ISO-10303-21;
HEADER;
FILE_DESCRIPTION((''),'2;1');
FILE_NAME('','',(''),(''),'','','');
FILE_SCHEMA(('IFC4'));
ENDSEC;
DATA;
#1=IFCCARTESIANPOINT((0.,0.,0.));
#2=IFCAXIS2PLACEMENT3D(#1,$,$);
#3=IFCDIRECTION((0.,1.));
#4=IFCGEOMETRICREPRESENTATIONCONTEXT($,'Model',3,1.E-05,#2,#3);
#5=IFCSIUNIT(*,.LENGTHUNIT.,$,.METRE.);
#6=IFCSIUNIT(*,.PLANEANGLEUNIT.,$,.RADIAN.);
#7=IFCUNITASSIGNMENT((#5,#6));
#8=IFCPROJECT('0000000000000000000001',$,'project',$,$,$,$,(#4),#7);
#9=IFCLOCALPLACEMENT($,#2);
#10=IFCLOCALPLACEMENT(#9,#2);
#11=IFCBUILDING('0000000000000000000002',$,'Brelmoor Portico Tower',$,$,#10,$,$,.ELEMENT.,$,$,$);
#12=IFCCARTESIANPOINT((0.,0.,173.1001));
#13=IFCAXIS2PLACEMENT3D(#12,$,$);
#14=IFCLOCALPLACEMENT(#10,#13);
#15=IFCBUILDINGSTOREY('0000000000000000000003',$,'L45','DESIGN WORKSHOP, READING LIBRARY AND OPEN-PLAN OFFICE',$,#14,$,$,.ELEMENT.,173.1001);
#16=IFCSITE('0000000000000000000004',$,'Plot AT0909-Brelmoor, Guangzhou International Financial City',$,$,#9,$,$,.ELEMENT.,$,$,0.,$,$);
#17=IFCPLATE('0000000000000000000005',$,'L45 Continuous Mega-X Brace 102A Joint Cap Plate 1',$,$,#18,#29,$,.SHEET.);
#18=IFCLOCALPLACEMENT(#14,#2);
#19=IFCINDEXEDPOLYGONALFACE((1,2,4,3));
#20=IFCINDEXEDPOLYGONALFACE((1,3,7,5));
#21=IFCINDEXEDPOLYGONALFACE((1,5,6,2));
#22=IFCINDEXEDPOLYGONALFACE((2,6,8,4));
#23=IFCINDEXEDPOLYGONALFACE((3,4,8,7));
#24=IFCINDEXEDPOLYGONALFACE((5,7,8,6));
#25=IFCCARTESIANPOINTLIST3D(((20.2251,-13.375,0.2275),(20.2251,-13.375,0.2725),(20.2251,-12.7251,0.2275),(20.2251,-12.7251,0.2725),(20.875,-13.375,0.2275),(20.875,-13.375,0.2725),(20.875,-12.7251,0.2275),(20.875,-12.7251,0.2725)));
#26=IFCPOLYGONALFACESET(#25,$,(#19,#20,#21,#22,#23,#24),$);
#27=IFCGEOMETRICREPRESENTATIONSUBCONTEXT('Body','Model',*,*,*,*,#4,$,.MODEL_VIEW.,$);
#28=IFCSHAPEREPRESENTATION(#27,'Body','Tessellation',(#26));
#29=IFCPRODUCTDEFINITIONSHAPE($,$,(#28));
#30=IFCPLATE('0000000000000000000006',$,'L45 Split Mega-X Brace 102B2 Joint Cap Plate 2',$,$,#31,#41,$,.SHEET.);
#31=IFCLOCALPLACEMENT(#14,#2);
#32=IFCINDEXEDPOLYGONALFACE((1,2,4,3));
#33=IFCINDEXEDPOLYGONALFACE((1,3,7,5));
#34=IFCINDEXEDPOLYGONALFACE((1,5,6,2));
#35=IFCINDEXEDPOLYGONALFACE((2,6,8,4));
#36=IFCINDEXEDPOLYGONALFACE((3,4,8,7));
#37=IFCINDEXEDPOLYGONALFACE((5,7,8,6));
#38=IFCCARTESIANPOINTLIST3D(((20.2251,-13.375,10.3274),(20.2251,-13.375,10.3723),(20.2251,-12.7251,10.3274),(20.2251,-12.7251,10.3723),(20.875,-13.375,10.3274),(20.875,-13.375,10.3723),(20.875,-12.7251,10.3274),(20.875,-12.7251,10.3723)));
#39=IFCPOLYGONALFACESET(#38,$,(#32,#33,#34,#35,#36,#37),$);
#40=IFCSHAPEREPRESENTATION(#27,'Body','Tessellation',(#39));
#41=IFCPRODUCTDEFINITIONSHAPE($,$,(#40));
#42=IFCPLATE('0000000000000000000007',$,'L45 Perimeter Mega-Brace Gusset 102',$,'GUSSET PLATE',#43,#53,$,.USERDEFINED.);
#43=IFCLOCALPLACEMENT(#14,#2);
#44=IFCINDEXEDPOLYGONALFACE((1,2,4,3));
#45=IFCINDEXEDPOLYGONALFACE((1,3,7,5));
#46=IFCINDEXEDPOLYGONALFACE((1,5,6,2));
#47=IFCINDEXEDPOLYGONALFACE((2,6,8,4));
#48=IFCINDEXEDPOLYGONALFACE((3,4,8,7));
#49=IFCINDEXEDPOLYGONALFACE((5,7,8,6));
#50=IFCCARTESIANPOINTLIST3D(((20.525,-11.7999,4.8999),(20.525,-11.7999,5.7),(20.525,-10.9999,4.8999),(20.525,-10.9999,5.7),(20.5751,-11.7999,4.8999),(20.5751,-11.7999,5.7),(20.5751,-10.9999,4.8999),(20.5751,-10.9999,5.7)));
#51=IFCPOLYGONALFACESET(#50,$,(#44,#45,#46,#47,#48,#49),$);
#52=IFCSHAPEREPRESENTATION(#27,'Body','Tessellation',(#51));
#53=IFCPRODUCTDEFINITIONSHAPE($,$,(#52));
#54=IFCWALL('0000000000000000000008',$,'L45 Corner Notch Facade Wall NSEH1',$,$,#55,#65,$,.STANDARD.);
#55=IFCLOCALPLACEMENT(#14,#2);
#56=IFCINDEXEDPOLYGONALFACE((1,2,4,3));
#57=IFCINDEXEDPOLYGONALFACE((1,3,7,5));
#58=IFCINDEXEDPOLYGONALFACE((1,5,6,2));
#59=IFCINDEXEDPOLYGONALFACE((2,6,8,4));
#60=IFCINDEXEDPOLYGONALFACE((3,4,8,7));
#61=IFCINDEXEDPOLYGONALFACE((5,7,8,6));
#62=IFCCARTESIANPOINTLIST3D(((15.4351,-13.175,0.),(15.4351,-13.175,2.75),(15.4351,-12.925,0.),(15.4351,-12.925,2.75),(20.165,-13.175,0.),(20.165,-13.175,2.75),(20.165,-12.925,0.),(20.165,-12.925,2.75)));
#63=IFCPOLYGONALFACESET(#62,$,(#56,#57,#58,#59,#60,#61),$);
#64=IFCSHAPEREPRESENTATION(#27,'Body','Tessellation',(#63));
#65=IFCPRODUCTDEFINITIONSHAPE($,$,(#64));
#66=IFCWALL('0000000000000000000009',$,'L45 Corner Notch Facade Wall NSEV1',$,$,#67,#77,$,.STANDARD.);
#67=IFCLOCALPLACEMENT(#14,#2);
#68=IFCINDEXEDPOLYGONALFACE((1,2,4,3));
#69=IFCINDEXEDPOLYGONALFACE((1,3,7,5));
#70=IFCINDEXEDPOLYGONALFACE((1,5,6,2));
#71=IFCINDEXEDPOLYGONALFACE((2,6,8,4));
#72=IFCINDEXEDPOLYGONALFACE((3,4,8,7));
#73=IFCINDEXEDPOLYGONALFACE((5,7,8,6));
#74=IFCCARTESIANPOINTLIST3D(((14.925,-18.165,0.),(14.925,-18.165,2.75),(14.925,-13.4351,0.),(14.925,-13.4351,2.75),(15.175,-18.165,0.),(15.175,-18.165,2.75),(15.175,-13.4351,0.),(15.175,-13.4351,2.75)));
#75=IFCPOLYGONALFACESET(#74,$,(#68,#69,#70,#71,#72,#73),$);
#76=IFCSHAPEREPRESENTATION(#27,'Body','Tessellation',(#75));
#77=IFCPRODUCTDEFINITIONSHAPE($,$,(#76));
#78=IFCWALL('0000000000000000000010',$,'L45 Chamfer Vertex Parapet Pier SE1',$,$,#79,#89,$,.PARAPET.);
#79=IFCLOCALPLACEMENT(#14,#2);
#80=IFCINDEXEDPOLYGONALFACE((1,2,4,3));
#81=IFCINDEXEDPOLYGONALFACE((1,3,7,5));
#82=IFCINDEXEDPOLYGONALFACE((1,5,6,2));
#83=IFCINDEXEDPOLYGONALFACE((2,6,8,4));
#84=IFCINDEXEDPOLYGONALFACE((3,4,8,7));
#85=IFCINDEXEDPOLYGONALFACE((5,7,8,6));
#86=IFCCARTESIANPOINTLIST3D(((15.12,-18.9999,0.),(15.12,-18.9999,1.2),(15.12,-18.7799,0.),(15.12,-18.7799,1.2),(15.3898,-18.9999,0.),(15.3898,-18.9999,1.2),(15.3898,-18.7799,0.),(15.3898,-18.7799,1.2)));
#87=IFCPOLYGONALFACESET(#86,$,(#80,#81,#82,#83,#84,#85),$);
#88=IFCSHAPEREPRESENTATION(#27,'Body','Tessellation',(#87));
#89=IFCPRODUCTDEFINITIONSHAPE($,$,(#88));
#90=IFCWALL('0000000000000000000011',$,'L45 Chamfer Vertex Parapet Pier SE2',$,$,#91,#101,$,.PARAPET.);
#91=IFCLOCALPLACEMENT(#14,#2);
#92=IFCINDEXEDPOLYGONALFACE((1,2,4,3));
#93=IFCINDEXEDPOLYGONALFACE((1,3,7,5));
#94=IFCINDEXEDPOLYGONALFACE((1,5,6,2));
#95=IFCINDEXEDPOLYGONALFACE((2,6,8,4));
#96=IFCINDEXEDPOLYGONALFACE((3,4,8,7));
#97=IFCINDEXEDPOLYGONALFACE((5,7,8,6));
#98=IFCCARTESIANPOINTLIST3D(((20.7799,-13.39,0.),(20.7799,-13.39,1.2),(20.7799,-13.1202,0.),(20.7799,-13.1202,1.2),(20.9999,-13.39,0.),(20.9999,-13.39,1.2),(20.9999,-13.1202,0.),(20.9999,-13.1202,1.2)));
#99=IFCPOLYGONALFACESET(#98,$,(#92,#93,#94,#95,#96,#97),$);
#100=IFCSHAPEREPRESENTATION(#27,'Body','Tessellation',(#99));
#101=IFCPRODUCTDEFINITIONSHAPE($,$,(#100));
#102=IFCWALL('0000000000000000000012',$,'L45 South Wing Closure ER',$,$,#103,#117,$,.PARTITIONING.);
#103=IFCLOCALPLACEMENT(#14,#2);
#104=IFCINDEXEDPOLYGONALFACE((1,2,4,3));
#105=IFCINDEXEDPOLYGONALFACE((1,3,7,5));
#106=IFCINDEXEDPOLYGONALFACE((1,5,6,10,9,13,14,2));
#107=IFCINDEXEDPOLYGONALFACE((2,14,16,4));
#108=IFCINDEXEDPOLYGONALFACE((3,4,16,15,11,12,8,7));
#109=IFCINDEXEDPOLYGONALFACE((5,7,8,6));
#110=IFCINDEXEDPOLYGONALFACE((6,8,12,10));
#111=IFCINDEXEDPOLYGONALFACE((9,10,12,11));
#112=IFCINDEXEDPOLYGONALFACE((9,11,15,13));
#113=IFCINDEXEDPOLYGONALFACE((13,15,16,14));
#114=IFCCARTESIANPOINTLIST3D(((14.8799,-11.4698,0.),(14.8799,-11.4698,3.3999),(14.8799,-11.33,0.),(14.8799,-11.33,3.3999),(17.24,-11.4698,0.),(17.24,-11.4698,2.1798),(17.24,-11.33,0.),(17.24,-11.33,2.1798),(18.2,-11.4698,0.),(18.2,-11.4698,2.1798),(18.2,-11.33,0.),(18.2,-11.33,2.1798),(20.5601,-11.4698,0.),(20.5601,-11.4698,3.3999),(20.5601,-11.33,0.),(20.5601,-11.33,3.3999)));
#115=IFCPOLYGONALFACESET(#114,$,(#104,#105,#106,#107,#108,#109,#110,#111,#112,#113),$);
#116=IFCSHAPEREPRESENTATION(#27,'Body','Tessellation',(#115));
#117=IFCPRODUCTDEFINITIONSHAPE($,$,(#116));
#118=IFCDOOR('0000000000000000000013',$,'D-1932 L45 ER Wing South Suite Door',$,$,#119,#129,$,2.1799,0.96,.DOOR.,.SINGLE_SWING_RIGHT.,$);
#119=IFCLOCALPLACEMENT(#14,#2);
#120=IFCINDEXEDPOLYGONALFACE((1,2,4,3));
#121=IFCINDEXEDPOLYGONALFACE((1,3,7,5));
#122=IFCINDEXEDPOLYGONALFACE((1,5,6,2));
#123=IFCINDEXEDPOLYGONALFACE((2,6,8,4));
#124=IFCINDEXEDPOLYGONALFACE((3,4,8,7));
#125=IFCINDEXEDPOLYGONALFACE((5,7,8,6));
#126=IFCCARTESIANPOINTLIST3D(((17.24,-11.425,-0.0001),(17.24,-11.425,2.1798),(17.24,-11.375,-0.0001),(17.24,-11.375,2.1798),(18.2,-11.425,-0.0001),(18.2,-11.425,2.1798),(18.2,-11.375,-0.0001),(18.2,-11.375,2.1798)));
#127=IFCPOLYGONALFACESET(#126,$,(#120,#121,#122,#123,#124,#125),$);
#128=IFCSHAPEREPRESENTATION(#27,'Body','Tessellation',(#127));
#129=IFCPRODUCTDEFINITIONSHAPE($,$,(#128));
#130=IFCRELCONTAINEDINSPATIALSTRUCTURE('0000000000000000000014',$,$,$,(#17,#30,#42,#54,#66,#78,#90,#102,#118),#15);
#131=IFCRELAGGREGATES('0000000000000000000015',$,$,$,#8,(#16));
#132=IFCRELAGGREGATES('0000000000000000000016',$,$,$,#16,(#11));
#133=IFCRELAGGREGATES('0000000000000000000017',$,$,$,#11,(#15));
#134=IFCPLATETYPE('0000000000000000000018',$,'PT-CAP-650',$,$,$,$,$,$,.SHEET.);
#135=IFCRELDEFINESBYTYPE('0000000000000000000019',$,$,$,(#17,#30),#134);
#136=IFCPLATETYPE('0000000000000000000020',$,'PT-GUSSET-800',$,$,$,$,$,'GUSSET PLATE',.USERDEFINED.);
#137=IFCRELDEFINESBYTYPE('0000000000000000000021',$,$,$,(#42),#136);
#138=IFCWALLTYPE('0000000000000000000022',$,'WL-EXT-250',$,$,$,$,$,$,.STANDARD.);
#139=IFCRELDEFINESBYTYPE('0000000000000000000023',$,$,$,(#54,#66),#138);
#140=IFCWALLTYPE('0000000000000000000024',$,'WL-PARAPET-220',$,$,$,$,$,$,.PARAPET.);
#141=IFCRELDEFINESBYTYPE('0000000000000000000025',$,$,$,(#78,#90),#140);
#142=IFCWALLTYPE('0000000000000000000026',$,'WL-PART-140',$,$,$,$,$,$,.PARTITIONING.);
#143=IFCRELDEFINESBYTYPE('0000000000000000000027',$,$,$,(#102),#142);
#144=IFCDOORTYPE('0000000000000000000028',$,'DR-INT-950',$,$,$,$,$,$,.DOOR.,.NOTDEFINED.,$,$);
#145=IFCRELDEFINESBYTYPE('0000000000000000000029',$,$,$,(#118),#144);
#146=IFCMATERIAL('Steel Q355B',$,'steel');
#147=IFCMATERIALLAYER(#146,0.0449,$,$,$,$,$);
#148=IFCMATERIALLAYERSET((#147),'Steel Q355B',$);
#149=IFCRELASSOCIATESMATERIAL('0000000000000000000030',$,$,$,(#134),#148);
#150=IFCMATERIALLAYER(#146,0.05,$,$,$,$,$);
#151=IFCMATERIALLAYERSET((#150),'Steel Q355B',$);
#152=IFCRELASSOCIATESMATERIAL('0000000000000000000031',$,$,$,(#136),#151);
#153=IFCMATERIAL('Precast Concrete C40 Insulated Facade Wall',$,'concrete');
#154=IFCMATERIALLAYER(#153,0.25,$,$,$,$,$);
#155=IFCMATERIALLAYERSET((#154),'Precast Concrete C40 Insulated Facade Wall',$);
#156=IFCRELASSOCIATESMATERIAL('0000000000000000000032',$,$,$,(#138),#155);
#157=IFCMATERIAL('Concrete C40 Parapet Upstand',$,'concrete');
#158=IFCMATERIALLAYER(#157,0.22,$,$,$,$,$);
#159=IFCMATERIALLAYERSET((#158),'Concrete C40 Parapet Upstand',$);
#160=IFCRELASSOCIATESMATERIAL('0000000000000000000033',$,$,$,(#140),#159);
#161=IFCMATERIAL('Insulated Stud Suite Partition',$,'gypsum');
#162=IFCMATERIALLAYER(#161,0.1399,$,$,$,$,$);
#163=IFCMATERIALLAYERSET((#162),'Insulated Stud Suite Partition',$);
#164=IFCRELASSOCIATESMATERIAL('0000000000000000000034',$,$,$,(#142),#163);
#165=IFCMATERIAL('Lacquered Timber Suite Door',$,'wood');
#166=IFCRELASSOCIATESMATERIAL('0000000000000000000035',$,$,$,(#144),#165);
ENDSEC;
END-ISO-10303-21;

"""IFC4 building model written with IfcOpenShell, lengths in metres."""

from ifc_helpers import new_model, si_unit, direction, frame, frame_2d, origin, origin_2d, place, context, subcontext, project, spatial, rectangle, extrude, material, layer, layer_set, type_object, element, fill, save


model = new_model("IFC4")

# Units and contexts
model_context = context("Model", 3, precision=1e-05, world=origin(), true_north=direction((0.0, 1.0)))
body_context = subcontext(model_context, "Body", "Model", "MODEL_VIEW")
ifc_project = project(units=[si_unit("LENGTHUNIT", "METRE"), si_unit("PLANEANGLEUNIT", "RADIAN")], contexts=[model_context])

# Site, building, storey
site_placement = place(None, origin())
site = spatial("IfcSite", under=ifc_project, at=site_placement, Name="Plot AT0909-Brelmoor, Guangzhou International Financial City", CompositionType="ELEMENT", RefElevation=0.0)
building_placement = place(site_placement, origin())
building = spatial("IfcBuilding", under=site, at=building_placement, Name="Brelmoor Portico Tower", CompositionType="ELEMENT")
storey_placement = place(building_placement, frame((0.0, 0.0, 173.1001)))
storey = spatial("IfcBuildingStorey", under=building, at=storey_placement, Name="L45", Description="DESIGN WORKSHOP, READING LIBRARY AND OPEN-PLAN OFFICE", CompositionType="ELEMENT", Elevation=173.1001)

# Shared definitions
ifc_material_1 = material(Name="Steel Q355B", Category="steel")

# Plates
ifc_layer_1 = layer(ifc_material_1, 0.0449)
ifc_layer_set_1 = layer_set([ifc_layer_1], Name="Steel Q355B")
plate_type_1 = type_object("IfcPlateType", Name="PT-CAP-650", PredefinedType="SHEET", material=ifc_layer_set_1)
for number, where, z_axis, x_axis, name in (
    (1, (20.55, -13.05, 0.2275), (0.0, 0.0, 1.0), (1.0, 0.0, 0.0), "L45 Continuous Mega-X Brace 102A Joint Cap Plate 1"),
    (2, (20.55, -13.05, 10.3274), (0.0, 0.0, 1.0), (1.0, 0.0, 0.0), "L45 Split Mega-X Brace 102B2 Joint Cap Plate 2"),
):
    element("IfcPlate", number, at=place(storey_placement, frame(where, z_axis=z_axis, x_axis=x_axis)), inside=storey, type_object=plate_type_1, Name=name, PredefinedType="SHEET", context=body_context, shape_type="SweptSolid", body=[
        extrude(rectangle(XDim=0.6499, YDim=0.6499, at=origin_2d()), origin(), (0.0, 0.0, 1.0), 0.0449),
    ])
ifc_layer_2 = layer(ifc_material_1, 0.05)
ifc_layer_set_2 = layer_set([ifc_layer_2], Name="Steel Q355B")
plate_type_2 = type_object("IfcPlateType", Name="PT-GUSSET-800", ElementType="GUSSET PLATE", PredefinedType="USERDEFINED", material=ifc_layer_set_2)
plate_placement = place(storey_placement, frame((20.55, -11.3999, 4.8999), z_axis=(0.0, 0.0, 1.0), x_axis=(1.0, 0.0, 0.0)))
element("IfcPlate", 3, at=plate_placement, inside=storey, type_object=plate_type_2, Name="L45 Perimeter Mega-Brace Gusset 102", ObjectType="GUSSET PLATE", PredefinedType="USERDEFINED", context=body_context, shape_type="SweptSolid", body=[
    extrude(rectangle(XDim=0.05, YDim=0.8, at=origin_2d()), origin(), (0.0, 0.0, 1.0), 0.8),
])

# Walls
ifc_material_2 = material(Name="Precast Concrete C40 Insulated Facade Wall", Category="concrete")
ifc_layer_3 = layer(ifc_material_2, 0.25)
ifc_layer_set_3 = layer_set([ifc_layer_3], Name="Precast Concrete C40 Insulated Facade Wall")
wall_type_1 = type_object("IfcWallType", Name="WL-EXT-250", PredefinedType="STANDARD", material=ifc_layer_set_3)
for number, where, z_axis, x_axis, name in (
    (4, (15.4351, -13.05, 0.0), (0.0, 0.0, 1.0), (1.0, 0.0, 0.0), "L45 Corner Notch Facade Wall NSEH1"),
    (5, (15.05, -18.165, 0.0), (0.0, 0.0, 1.0), (0.0, 1.0, 0.0), "L45 Corner Notch Facade Wall NSEV1"),
):
    element("IfcWall", number, at=place(storey_placement, frame(where, z_axis=z_axis, x_axis=x_axis)), inside=storey, type_object=wall_type_1, Name=name, PredefinedType="STANDARD", context=body_context, shape_type="SweptSolid", body=[
        extrude(rectangle(XDim=4.73, YDim=0.25, at=frame_2d((2.365, 0.0))), origin(), (0.0, 0.0, 1.0), 2.75),
    ])
ifc_material_3 = material(Name="Concrete C40 Parapet Upstand", Category="concrete")
ifc_layer_4 = layer(ifc_material_3, 0.22)
ifc_layer_set_4 = layer_set([ifc_layer_4], Name="Concrete C40 Parapet Upstand")
wall_type_2 = type_object("IfcWallType", Name="WL-PARAPET-220", PredefinedType="PARAPET", material=ifc_layer_set_4)
for number, where, z_axis, x_axis, name in (
    (6, (15.1201, -18.8899, 0.0), (0.0, 0.0, 1.0), (1.0, 0.0, 0.0), "L45 Chamfer Vertex Parapet Pier SE1"),
    (7, (20.8899, -13.3899, 0.0), (0.0, 0.0, 1.0), (0.0, 1.0, 0.0), "L45 Chamfer Vertex Parapet Pier SE2"),
):
    element("IfcWall", number, at=place(storey_placement, frame(where, z_axis=z_axis, x_axis=x_axis)), inside=storey, type_object=wall_type_2, Name=name, PredefinedType="PARAPET", context=body_context, shape_type="SweptSolid", body=[
        extrude(rectangle(XDim=0.2698, YDim=0.22, at=frame_2d((0.1348, 0.0))), origin(), (0.0, 0.0, 1.0), 1.2),
    ])

# Wall, opening, door
ifc_material_4 = material(Name="Insulated Stud Suite Partition", Category="gypsum")
ifc_layer_5 = layer(ifc_material_4, 0.1399)
ifc_layer_set_5 = layer_set([ifc_layer_5], Name="Insulated Stud Suite Partition")
wall_type_3 = type_object("IfcWallType", Name="WL-PART-140", PredefinedType="PARTITIONING", material=ifc_layer_set_5)
wall_placement = place(storey_placement, frame((14.8799, -11.3999, 0.0), z_axis=(0.0, 0.0, 1.0), x_axis=(1.0, 0.0, 0.0)))
wall = element("IfcWall", 8, at=wall_placement, inside=storey, type_object=wall_type_3, Name="L45 South Wing Closure ER", PredefinedType="PARTITIONING", context=body_context, shape_type="SweptSolid", body=[
    extrude(rectangle(XDim=5.6802, YDim=0.1399, at=frame_2d((2.8401, 0.0))), origin(), (0.0, 0.0, 1.0), 3.3999),
])
opening_placement = place(wall_placement, frame((2.3601, 0.0, 0.0)))
opening = element("IfcOpeningElement", 9, at=opening_placement, cuts=wall, PredefinedType="OPENING", context=body_context, shape_type="SweptSolid", body=[
    extrude(rectangle(XDim=0.96, YDim=2.1799, at=frame_2d((0.48, 1.0898))), frame((0.0, 0.0798, 0.0), z_axis=(0.0, -1.0, 0.0), x_axis=(1.0, 0.0, 0.0)), (0.0, 0.0, 1.0), 0.1599),
])
ifc_material_5 = material(Name="Lacquered Timber Suite Door", Category="wood")
door_type = type_object("IfcDoorType", Name="DR-INT-950", OperationType="NOTDEFINED", PredefinedType="DOOR", material=ifc_material_5)
door_placement = place(opening_placement, origin())
door = element("IfcDoor", 10, at=door_placement, inside=storey, type_object=door_type, Name="D-1932 L45 ER Wing South Suite Door", OperationType="SINGLE_SWING_RIGHT", OverallHeight=2.1799, OverallWidth=0.96, PredefinedType="DOOR", context=body_context, shape_type="SweptSolid", body=[
    extrude(rectangle(XDim=0.96, YDim=2.1799, at=frame_2d((0.48, 1.0898))), frame((0.0, 0.0249, 0.0), z_axis=(0.0, -1.0, 0.0), x_axis=(1.0, 0.0, 0.0)), (0.0, 0.0, 1.0), 0.05),
])
fill(opening, door)

save(model, "model.ifc")
